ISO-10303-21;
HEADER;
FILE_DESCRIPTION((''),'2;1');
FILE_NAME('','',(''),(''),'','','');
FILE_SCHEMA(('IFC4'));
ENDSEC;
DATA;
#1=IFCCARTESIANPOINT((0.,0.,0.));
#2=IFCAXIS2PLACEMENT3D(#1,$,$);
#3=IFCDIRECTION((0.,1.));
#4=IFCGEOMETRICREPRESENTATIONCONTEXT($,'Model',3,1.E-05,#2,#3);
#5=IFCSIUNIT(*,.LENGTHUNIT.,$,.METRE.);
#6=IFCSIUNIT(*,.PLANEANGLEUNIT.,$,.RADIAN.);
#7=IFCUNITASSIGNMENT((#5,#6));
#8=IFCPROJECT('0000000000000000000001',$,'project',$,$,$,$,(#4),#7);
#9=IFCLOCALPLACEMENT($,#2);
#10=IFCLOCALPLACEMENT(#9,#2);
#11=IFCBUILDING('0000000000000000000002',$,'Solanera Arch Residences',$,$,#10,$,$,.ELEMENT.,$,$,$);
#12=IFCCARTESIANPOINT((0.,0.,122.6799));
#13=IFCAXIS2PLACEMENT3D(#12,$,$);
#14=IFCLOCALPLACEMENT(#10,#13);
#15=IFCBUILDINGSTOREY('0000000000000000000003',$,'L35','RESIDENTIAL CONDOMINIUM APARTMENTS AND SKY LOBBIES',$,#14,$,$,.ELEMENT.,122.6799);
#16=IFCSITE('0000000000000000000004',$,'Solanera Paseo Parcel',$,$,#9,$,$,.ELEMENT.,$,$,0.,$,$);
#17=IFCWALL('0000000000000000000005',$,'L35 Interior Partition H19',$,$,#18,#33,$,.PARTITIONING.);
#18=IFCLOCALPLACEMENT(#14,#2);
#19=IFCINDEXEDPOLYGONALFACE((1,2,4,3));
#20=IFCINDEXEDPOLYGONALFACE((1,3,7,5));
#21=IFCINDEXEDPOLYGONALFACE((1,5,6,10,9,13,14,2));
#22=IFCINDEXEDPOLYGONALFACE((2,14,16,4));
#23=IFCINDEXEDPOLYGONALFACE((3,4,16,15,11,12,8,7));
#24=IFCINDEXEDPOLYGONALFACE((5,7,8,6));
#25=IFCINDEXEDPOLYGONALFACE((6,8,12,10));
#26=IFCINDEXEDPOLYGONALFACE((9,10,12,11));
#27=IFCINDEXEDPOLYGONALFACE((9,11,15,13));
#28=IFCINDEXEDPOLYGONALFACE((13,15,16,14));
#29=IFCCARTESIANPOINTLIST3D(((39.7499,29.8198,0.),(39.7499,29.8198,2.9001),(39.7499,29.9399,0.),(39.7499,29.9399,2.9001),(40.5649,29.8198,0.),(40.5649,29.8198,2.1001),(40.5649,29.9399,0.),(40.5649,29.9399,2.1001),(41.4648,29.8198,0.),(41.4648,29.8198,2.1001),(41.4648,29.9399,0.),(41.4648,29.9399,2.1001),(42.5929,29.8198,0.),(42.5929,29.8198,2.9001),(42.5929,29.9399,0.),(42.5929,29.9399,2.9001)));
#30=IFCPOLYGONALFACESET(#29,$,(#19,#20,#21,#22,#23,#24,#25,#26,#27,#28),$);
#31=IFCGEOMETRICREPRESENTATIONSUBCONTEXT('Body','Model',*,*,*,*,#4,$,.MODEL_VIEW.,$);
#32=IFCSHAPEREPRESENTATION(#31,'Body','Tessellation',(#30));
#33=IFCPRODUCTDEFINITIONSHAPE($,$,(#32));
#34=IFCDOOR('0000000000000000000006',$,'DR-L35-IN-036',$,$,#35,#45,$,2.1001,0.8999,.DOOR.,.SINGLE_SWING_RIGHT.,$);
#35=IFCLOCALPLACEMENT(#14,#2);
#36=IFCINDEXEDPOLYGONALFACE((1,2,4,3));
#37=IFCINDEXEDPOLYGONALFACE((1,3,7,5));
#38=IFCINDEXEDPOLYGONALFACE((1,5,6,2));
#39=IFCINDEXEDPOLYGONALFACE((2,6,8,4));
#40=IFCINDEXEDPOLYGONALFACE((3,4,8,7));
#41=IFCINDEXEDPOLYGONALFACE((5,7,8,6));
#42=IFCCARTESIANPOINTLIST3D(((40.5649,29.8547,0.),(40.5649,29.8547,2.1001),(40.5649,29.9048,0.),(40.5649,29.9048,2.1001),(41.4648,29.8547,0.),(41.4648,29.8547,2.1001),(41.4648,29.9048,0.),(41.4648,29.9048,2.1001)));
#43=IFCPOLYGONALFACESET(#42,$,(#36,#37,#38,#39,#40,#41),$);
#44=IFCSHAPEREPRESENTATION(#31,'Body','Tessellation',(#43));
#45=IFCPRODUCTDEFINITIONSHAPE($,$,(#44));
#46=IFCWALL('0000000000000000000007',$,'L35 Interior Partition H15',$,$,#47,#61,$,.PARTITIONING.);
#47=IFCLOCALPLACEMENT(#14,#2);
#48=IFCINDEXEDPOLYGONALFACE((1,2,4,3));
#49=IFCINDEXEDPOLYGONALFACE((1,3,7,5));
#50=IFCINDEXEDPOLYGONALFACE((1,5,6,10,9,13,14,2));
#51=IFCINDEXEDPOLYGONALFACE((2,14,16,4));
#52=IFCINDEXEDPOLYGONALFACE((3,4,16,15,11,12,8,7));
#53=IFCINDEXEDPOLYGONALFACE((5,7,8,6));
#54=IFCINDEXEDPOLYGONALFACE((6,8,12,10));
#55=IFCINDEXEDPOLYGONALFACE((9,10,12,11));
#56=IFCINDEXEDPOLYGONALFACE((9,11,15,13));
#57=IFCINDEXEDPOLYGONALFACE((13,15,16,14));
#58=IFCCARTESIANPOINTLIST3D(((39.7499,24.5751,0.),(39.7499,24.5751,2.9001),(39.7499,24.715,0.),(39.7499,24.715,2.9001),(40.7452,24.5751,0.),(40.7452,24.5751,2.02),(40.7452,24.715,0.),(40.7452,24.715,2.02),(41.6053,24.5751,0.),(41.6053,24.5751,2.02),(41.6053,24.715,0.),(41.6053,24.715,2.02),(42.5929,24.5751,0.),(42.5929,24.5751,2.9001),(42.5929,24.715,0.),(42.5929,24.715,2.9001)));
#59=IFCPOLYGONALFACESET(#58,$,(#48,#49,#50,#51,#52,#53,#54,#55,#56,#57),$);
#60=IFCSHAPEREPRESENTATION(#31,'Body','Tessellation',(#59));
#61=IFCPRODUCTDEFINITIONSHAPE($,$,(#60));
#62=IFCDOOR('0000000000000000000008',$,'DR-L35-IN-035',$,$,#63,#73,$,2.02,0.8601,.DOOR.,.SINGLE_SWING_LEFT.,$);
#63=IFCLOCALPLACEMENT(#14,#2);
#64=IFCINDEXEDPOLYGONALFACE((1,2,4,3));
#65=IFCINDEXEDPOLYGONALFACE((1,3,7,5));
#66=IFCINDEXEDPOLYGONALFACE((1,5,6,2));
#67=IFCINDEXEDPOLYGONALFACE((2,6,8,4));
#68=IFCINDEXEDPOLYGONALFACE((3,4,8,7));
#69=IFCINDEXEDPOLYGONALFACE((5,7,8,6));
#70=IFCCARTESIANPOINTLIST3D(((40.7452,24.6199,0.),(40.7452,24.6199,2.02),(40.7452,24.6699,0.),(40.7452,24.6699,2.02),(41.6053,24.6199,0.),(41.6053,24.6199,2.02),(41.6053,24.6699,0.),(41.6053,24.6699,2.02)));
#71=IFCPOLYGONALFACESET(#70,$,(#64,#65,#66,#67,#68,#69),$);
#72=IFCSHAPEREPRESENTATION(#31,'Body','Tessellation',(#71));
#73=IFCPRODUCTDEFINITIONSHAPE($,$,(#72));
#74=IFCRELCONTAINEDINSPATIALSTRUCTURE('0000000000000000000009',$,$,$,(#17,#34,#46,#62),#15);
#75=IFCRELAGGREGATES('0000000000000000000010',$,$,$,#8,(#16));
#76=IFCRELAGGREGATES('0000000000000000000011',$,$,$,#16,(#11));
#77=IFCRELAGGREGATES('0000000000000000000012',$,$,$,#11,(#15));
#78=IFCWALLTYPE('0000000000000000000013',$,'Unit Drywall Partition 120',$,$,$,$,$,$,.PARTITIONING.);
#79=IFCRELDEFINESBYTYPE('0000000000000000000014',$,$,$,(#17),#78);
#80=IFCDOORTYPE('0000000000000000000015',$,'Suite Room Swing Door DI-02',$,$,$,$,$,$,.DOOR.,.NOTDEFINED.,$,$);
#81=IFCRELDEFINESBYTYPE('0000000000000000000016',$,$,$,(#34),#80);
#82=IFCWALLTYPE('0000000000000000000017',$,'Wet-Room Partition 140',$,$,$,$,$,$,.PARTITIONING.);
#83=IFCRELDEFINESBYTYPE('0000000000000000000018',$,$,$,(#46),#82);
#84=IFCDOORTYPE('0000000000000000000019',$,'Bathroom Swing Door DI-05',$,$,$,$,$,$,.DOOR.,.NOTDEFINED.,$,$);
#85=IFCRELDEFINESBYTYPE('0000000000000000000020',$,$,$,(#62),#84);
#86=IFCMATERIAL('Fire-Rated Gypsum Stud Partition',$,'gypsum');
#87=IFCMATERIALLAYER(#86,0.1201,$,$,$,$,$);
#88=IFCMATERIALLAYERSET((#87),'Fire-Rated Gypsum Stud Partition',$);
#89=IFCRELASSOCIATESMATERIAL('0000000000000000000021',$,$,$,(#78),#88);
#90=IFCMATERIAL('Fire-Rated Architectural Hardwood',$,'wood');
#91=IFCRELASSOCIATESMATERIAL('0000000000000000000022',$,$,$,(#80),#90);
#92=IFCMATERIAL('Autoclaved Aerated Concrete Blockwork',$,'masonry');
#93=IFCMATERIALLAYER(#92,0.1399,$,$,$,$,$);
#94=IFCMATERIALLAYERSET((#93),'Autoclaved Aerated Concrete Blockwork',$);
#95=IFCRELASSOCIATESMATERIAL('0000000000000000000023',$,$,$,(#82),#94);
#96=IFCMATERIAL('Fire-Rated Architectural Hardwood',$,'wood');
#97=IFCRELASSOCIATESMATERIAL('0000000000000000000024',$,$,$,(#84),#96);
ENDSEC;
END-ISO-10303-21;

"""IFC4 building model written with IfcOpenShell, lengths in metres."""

from ifc_helpers import new_model, si_unit, direction, frame, frame_2d, origin, place, context, subcontext, project, spatial, rectangle, extrude, material, layer, layer_set, type_object, element, fill, save


model = new_model("IFC4")

# Units and contexts
model_context = context("Model", 3, precision=1e-05, world=origin(), true_north=direction((0.0, 1.0)))
body_context = subcontext(model_context, "Body", "Model", "MODEL_VIEW")
ifc_project = project(units=[si_unit("LENGTHUNIT", "METRE"), si_unit("PLANEANGLEUNIT", "RADIAN")], contexts=[model_context])

# Site, building, storey
site_placement = place(None, origin())
site = spatial("IfcSite", under=ifc_project, at=site_placement, Name="Solanera Paseo Parcel", CompositionType="ELEMENT", RefElevation=0.0)
building_placement = place(site_placement, origin())
building = spatial("IfcBuilding", under=site, at=building_placement, Name="Solanera Arch Residences", CompositionType="ELEMENT")
storey_placement = place(building_placement, frame((0.0, 0.0, 122.6799)))
storey = spatial("IfcBuildingStorey", under=building, at=storey_placement, Name="L35", Description="RESIDENTIAL CONDOMINIUM APARTMENTS AND SKY LOBBIES", CompositionType="ELEMENT", Elevation=122.6799)

# Walls, openings, doors
ifc_material_1 = material(Name="Fire-Rated Gypsum Stud Partition", Category="gypsum")
ifc_layer_1 = layer(ifc_material_1, 0.1201)
ifc_layer_set_1 = layer_set([ifc_layer_1], Name="Fire-Rated Gypsum Stud Partition")
wall_type_1 = type_object("IfcWallType", Name="Unit Drywall Partition 120", PredefinedType="PARTITIONING", material=ifc_layer_set_1)
wall_1_placement = place(storey_placement, frame((39.75, 29.8799, 0.0), z_axis=(0.0, 0.0, 1.0), x_axis=(1.0, 0.0, 0.0)))
wall_1 = element("IfcWall", 1, at=wall_1_placement, inside=storey, type_object=wall_type_1, Name="L35 Interior Partition H19", PredefinedType="PARTITIONING", context=body_context, shape_type="SweptSolid", body=[
    extrude(rectangle(XDim=2.843, YDim=0.1201, at=frame_2d((1.4214, 0.0))), origin(), (0.0, 0.0, 1.0), 2.9001),
])
opening_1_placement = place(wall_1_placement, frame((0.8149, 0.0, 0.0)))
opening_1 = element("IfcOpeningElement", 2, at=opening_1_placement, cuts=wall_1, PredefinedType="OPENING", context=body_context, shape_type="SweptSolid", body=[
    extrude(rectangle(XDim=0.8999, YDim=2.1001, at=frame_2d((0.45, 1.05))), frame((0.0, 0.0701, 0.0), z_axis=(0.0, -1.0, 0.0), x_axis=(1.0, 0.0, 0.0)), (0.0, 0.0, 1.0), 0.1401),
])
ifc_material_2 = material(Name="Fire-Rated Architectural Hardwood", Category="wood")
door_type_1 = type_object("IfcDoorType", Name="Suite Room Swing Door DI-02", OperationType="NOTDEFINED", PredefinedType="DOOR", material=ifc_material_2)
door_1_placement = place(opening_1_placement, origin())
door_1 = element("IfcDoor", 3, at=door_1_placement, inside=storey, type_object=door_type_1, Name="DR-L35-IN-036", OperationType="SINGLE_SWING_RIGHT", OverallHeight=2.1001, OverallWidth=0.8999, PredefinedType="DOOR", context=body_context, shape_type="SweptSolid", body=[
    extrude(rectangle(XDim=0.8999, YDim=2.1001, at=frame_2d((0.45, 1.05))), frame((0.0, 0.0249, 0.0), z_axis=(0.0, -1.0, 0.0), x_axis=(1.0, 0.0, 0.0)), (0.0, 0.0, 1.0), 0.05),
])
fill(opening_1, door_1)
ifc_material_3 = material(Name="Autoclaved Aerated Concrete Blockwork", Category="masonry")
ifc_layer_2 = layer(ifc_material_3, 0.1399)
ifc_layer_set_2 = layer_set([ifc_layer_2], Name="Autoclaved Aerated Concrete Blockwork")
wall_type_2 = type_object("IfcWallType", Name="Wet-Room Partition 140", PredefinedType="PARTITIONING", material=ifc_layer_set_2)
wall_2_placement = place(storey_placement, frame((39.75, 24.645, 0.0), z_axis=(0.0, 0.0, 1.0), x_axis=(1.0, 0.0, 0.0)))
wall_2 = element("IfcWall", 4, at=wall_2_placement, inside=storey, type_object=wall_type_2, Name="L35 Interior Partition H15", PredefinedType="PARTITIONING", context=body_context, shape_type="SweptSolid", body=[
    extrude(rectangle(XDim=2.843, YDim=0.1399, at=frame_2d((1.4214, 0.0))), origin(), (0.0, 0.0, 1.0), 2.9001),
])
opening_2_placement = place(wall_2_placement, frame((0.9951, 0.0, 0.0)))
opening_2 = element("IfcOpeningElement", 5, at=opening_2_placement, cuts=wall_2, PredefinedType="OPENING", context=body_context, shape_type="SweptSolid", body=[
    extrude(rectangle(XDim=0.8601, YDim=2.02, at=frame_2d((0.4302, 1.01))), frame((0.0, 0.0798, 0.0), z_axis=(0.0, -1.0, 0.0), x_axis=(1.0, 0.0, 0.0)), (0.0, 0.0, 1.0), 0.1599),
])
ifc_material_4 = material(Name="Fire-Rated Architectural Hardwood", Category="wood")
door_type_2 = type_object("IfcDoorType", Name="Bathroom Swing Door DI-05", OperationType="NOTDEFINED", PredefinedType="DOOR", material=ifc_material_4)
door_2_placement = place(opening_2_placement, origin())
door_2 = element("IfcDoor", 6, at=door_2_placement, inside=storey, type_object=door_type_2, Name="DR-L35-IN-035", OperationType="SINGLE_SWING_LEFT", OverallHeight=2.02, OverallWidth=0.8601, PredefinedType="DOOR", context=body_context, shape_type="SweptSolid", body=[
    extrude(rectangle(XDim=0.8601, YDim=2.02, at=frame_2d((0.4302, 1.01))), frame((0.0, 0.0249, 0.0), z_axis=(0.0, -1.0, 0.0), x_axis=(1.0, 0.0, 0.0)), (0.0, 0.0, 1.0), 0.05),
])
fill(opening_2, door_2)

save(model, "model.ifc")
